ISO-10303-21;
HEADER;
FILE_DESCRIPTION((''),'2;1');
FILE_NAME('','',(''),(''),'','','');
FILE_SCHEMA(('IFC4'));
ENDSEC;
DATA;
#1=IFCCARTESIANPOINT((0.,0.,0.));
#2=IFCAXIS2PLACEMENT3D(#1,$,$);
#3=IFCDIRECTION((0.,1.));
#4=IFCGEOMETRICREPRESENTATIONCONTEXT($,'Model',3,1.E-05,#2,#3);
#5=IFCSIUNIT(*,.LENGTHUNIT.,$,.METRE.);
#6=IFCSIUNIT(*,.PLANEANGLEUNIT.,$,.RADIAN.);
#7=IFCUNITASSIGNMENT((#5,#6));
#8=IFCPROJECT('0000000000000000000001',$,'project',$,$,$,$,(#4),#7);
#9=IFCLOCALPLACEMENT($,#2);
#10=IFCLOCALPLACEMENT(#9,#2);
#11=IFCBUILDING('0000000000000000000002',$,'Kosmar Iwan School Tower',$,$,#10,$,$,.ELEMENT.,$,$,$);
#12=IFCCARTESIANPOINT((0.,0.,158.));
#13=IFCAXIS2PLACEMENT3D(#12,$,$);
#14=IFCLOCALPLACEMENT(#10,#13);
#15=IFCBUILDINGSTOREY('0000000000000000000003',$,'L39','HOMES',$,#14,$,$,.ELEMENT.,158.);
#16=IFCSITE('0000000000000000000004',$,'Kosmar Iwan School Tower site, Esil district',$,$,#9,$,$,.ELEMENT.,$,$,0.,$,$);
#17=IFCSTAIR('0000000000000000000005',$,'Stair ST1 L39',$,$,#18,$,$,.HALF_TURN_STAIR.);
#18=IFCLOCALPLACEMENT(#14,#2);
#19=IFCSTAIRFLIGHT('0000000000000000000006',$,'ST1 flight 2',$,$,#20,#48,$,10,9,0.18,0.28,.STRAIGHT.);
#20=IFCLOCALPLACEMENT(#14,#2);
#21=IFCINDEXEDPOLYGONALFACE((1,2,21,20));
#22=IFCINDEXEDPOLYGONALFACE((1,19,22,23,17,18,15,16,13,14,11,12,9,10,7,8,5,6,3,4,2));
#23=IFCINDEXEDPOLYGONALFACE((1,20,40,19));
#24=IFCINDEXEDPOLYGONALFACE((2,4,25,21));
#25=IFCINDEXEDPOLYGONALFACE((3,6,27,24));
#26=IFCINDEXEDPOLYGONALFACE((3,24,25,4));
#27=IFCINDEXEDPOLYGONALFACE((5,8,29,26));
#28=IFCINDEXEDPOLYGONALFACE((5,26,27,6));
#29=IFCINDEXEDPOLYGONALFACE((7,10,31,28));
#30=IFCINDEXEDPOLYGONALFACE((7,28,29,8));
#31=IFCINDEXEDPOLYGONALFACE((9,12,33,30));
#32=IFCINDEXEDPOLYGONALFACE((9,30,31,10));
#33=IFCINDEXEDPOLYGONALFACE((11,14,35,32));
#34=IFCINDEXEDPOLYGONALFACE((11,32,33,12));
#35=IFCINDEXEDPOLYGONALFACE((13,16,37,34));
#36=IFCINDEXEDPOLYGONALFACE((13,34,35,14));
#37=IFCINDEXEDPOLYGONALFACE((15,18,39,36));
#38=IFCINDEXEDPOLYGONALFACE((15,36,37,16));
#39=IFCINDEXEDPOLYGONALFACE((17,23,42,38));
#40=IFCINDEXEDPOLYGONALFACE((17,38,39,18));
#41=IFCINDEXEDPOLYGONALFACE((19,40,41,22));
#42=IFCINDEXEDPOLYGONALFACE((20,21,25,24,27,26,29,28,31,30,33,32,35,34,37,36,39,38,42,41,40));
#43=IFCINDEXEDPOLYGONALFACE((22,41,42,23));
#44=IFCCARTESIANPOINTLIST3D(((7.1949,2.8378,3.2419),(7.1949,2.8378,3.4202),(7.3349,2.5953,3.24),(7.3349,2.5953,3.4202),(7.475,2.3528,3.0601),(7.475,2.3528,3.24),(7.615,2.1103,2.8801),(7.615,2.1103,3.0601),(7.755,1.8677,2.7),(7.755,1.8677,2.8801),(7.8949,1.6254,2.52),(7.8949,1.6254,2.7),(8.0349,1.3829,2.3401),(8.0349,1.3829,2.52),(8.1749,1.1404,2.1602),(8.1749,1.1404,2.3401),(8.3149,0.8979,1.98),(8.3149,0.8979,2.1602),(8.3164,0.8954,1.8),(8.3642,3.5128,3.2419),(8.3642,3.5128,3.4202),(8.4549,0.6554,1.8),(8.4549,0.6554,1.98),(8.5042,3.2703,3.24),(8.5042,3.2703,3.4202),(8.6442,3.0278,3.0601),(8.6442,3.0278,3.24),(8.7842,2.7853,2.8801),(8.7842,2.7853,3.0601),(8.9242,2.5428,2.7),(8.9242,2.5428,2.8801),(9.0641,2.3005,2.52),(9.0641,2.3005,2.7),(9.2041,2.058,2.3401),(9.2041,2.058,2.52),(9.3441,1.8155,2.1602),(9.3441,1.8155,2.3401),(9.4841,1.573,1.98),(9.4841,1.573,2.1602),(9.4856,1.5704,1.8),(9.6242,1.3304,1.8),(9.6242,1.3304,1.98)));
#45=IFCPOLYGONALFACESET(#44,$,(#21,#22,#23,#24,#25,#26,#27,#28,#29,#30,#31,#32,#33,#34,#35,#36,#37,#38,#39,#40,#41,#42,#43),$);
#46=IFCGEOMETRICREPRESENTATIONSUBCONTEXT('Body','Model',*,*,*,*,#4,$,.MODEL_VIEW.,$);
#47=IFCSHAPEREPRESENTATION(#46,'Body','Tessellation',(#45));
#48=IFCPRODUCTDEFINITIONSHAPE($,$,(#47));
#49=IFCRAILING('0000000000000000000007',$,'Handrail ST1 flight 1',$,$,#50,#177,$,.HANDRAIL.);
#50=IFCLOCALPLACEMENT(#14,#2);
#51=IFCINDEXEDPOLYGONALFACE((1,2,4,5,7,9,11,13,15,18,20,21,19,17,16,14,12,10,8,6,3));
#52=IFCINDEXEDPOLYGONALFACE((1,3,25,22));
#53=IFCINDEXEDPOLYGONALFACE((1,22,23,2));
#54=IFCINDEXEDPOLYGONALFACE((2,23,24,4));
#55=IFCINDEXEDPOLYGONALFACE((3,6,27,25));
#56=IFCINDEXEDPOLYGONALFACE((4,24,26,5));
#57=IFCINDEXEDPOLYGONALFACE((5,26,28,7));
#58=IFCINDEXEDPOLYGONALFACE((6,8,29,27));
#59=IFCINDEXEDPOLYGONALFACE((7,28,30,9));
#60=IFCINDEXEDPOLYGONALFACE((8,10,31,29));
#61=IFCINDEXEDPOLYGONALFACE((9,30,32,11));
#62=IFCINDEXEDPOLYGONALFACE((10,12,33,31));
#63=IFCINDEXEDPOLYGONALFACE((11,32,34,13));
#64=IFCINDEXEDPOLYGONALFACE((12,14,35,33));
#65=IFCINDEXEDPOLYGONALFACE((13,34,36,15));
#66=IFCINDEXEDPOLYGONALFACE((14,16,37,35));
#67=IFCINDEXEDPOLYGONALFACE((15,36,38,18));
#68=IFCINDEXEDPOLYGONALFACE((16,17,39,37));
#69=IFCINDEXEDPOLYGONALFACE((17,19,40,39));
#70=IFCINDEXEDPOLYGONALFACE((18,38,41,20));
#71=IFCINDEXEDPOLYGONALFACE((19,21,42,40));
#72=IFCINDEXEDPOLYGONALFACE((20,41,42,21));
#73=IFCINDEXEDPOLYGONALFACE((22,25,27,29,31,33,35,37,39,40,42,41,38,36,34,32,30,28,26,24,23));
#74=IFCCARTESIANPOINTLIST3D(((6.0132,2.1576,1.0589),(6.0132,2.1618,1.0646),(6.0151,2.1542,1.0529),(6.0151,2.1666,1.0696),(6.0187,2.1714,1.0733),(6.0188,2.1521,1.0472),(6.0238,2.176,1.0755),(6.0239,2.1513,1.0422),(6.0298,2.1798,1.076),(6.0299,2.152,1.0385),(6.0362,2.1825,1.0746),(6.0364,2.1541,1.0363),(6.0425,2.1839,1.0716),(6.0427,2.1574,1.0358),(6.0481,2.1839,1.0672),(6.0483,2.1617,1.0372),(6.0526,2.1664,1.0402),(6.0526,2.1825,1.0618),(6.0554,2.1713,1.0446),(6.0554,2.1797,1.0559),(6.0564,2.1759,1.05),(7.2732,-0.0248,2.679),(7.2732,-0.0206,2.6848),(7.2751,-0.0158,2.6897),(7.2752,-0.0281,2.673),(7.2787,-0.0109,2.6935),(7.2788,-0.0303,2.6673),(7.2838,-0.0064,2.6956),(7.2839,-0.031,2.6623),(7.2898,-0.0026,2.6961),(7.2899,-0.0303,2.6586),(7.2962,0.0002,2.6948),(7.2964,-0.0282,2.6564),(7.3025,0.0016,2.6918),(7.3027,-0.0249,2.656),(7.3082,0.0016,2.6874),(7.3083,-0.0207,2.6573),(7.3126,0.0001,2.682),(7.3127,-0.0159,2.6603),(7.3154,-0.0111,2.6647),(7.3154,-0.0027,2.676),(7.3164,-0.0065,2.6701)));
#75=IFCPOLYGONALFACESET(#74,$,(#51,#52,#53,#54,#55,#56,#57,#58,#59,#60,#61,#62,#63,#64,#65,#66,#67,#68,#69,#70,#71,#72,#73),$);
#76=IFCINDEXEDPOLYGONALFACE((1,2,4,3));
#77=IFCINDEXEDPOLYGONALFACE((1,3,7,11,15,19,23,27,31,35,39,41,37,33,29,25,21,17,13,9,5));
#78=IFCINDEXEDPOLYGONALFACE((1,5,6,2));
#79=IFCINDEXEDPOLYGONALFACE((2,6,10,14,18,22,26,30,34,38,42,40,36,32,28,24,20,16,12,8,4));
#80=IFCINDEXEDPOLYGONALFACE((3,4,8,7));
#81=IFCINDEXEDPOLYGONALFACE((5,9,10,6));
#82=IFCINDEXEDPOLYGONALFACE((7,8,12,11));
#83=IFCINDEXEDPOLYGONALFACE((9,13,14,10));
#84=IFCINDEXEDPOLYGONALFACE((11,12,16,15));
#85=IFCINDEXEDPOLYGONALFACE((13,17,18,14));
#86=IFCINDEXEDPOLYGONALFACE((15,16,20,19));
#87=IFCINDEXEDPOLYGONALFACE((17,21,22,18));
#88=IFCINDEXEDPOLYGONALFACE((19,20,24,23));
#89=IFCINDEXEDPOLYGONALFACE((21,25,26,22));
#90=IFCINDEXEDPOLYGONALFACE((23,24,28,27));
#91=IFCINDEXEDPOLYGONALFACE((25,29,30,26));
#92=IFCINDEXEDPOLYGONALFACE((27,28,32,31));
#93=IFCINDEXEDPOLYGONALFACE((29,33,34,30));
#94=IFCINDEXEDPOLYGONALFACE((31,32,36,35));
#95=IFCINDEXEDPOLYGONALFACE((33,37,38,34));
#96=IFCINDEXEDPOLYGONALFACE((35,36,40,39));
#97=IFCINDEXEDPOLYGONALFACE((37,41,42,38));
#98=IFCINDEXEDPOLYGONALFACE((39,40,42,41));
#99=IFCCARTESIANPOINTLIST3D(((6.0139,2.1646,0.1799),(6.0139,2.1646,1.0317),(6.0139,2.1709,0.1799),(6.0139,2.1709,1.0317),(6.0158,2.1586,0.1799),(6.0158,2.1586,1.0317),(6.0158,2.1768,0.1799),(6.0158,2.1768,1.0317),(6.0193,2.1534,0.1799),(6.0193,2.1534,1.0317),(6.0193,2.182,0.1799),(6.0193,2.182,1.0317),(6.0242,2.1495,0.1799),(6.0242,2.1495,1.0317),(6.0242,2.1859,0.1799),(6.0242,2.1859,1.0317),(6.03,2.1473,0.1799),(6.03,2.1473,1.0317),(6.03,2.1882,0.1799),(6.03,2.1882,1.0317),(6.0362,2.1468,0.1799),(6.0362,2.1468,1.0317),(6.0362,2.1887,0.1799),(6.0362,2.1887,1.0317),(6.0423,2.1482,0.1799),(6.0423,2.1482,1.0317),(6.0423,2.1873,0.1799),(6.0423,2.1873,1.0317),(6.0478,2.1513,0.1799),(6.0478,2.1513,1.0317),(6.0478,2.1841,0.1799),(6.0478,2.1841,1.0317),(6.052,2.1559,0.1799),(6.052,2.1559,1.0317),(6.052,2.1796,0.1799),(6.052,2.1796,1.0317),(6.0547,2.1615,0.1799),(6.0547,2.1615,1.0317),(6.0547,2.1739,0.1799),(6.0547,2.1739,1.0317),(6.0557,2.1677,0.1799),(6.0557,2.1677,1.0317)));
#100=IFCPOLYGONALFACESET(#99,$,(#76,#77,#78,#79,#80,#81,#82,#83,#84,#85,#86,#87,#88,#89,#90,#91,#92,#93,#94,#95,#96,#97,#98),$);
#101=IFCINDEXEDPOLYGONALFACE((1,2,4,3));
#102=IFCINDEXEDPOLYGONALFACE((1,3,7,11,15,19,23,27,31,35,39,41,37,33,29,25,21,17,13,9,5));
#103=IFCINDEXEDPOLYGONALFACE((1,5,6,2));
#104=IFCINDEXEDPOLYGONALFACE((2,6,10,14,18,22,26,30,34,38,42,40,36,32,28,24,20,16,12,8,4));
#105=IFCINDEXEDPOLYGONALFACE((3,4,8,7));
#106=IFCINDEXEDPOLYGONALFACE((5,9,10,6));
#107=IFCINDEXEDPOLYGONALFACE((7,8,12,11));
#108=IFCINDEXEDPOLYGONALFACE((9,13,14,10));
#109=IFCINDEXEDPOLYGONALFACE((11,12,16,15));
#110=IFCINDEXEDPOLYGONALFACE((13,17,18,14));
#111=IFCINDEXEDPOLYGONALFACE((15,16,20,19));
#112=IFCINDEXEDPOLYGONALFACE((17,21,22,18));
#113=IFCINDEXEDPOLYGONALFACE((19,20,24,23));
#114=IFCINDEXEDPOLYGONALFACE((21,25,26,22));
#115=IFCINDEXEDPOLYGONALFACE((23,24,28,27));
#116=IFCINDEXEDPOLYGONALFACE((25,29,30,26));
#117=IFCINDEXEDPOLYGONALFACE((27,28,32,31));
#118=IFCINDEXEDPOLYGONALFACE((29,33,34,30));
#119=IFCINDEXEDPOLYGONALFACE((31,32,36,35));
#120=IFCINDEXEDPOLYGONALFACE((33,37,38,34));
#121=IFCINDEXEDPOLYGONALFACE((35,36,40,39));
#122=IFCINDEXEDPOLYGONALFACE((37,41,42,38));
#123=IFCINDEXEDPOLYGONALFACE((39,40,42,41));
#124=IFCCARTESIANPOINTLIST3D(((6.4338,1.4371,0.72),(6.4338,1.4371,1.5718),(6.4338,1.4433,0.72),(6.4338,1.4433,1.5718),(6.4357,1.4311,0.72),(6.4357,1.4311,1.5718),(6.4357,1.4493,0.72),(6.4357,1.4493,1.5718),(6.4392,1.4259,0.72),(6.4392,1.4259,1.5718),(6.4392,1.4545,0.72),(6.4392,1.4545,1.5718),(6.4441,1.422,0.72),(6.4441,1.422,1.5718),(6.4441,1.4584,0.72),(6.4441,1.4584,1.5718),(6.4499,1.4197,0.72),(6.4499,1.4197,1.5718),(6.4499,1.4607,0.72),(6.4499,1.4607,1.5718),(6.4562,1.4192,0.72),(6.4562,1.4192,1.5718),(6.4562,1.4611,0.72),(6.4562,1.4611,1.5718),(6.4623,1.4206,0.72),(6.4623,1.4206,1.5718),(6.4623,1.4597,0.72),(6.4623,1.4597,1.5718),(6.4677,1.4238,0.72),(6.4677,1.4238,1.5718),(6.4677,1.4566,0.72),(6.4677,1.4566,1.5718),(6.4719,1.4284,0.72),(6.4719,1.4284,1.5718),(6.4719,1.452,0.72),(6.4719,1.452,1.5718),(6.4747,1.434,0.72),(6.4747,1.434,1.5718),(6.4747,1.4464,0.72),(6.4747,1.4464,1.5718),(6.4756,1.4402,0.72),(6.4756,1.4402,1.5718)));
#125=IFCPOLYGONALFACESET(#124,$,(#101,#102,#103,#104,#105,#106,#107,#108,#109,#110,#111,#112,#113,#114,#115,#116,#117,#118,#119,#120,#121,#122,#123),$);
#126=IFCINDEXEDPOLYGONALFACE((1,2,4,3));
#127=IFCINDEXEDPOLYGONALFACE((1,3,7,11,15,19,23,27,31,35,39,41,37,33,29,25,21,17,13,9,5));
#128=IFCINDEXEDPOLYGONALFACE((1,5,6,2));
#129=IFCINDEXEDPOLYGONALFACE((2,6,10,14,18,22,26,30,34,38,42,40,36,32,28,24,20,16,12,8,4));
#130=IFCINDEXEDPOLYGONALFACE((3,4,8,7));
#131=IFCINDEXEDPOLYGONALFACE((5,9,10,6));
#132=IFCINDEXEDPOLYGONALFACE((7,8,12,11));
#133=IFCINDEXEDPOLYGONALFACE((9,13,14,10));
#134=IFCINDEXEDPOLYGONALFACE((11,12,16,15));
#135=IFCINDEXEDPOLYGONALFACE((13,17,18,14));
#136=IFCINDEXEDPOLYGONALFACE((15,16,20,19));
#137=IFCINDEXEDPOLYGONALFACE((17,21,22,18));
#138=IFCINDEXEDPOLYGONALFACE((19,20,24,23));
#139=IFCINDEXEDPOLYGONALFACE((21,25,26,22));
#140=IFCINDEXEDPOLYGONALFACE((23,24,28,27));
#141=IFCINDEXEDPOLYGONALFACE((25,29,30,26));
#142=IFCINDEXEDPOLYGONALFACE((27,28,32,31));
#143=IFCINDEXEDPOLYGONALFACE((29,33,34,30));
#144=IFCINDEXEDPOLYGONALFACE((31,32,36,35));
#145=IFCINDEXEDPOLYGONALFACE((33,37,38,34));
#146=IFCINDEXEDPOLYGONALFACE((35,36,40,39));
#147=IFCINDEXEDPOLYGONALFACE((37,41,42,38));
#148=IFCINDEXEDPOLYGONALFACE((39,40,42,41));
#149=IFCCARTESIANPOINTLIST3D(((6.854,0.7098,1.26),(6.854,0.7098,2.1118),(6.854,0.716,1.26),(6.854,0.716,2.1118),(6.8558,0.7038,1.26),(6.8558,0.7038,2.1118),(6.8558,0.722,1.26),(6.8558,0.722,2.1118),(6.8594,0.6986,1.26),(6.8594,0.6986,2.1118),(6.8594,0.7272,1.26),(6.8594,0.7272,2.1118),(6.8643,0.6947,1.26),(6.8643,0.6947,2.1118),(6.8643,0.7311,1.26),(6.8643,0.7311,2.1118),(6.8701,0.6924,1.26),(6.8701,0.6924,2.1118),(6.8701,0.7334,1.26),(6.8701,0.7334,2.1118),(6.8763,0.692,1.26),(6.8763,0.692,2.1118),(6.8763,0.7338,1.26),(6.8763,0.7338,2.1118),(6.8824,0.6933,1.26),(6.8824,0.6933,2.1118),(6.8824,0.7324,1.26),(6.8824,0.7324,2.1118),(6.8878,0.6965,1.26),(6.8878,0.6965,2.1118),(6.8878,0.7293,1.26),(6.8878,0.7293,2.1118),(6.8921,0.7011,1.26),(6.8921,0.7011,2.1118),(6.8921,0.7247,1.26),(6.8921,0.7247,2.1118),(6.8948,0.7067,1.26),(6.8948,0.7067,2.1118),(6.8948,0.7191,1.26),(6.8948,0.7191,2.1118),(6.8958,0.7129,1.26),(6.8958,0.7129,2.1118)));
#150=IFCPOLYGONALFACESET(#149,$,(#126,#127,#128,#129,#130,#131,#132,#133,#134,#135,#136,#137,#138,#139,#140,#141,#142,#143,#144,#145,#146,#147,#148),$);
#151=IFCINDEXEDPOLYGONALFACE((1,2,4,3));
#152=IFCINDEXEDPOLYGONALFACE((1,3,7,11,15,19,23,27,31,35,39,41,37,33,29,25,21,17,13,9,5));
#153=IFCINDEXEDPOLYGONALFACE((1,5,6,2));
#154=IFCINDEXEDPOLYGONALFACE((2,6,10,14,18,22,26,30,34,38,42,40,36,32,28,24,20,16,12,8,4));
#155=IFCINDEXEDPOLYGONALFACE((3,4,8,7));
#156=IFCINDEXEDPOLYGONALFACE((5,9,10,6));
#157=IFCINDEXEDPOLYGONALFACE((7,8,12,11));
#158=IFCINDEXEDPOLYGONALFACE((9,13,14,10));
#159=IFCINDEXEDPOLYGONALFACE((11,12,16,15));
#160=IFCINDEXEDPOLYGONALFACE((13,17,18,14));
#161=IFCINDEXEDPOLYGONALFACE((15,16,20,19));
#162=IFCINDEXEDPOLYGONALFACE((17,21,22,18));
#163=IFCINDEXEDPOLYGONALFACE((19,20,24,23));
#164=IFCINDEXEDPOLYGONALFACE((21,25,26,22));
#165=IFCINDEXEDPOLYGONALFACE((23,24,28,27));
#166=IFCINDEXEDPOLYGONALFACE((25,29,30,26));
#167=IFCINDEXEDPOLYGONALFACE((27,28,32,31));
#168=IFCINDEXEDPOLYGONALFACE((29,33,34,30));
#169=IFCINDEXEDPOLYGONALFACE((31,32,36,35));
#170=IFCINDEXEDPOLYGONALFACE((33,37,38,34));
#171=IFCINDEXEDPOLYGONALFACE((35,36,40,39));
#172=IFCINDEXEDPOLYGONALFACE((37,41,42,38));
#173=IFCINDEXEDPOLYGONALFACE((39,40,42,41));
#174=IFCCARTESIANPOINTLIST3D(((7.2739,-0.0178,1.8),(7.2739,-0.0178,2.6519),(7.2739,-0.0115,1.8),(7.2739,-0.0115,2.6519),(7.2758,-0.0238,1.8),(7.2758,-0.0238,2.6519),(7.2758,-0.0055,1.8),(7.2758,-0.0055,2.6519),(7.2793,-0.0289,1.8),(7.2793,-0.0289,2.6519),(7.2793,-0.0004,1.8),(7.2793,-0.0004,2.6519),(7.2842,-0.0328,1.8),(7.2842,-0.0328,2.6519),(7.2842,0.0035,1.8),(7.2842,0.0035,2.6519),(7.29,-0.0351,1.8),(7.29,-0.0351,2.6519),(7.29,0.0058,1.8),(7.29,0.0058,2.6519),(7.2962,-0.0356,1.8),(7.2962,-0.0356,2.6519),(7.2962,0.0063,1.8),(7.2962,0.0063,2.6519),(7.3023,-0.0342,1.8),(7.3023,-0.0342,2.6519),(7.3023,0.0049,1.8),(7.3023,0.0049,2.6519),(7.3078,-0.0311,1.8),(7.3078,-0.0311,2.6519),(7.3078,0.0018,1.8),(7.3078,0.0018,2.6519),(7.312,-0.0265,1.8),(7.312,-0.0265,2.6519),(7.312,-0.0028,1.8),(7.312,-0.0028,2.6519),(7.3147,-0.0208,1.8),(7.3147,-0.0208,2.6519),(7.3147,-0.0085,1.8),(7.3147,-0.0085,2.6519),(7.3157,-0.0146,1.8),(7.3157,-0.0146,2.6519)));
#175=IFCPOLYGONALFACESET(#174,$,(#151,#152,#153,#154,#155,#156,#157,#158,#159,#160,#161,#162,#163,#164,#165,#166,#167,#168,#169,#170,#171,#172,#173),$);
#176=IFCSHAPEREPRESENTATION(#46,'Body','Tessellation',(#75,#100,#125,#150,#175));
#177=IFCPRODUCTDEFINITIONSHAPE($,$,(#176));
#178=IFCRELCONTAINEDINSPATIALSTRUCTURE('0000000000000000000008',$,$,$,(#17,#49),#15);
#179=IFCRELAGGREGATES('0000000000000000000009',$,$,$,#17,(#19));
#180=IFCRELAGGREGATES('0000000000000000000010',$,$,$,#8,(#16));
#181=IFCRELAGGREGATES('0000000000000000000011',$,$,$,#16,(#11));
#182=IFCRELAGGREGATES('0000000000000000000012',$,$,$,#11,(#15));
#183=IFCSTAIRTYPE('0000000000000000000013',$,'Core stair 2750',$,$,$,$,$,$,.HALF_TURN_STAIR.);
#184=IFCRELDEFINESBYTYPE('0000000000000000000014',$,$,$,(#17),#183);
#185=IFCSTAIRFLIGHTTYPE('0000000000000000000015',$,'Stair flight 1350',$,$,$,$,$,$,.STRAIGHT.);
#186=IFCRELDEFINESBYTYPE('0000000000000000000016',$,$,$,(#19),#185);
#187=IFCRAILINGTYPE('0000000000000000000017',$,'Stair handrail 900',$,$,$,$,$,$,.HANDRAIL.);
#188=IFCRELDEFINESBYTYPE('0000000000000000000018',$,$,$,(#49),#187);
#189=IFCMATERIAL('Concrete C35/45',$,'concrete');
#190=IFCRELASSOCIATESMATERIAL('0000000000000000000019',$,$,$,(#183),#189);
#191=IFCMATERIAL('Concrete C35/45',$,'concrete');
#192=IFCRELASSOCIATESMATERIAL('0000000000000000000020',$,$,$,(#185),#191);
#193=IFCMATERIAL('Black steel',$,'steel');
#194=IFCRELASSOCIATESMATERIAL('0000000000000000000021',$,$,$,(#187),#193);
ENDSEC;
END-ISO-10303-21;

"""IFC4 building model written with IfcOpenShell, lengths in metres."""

from ifc_helpers import new_model, si_unit, direction, frame, origin, origin_2d, place, context, subcontext, project, spatial, polyline, circle, outline, extrude, material, type_object, element, aggregate, save


model = new_model("IFC4")

# Units and contexts
model_context = context("Model", 3, precision=1e-05, world=origin(), true_north=direction((0.0, 1.0)))
body_context = subcontext(model_context, "Body", "Model", "MODEL_VIEW")
ifc_project = project(units=[si_unit("LENGTHUNIT", "METRE"), si_unit("PLANEANGLEUNIT", "RADIAN")], contexts=[model_context])

# Site, building, storey
site_placement = place(None, origin())
site = spatial("IfcSite", under=ifc_project, at=site_placement, Name="Kosmar Iwan School Tower site, Esil district", CompositionType="ELEMENT", RefElevation=0.0)
building_placement = place(site_placement, origin())
building = spatial("IfcBuilding", under=site, at=building_placement, Name="Kosmar Iwan School Tower", CompositionType="ELEMENT")
storey_placement = place(building_placement, frame((0.0, 0.0, 158.0)))
storey = spatial("IfcBuildingStorey", under=building, at=storey_placement, Name="L39", Description="HOMES", CompositionType="ELEMENT", Elevation=158.0)

# Stair
ifc_material_1 = material(Name="Concrete C35/45", Category="concrete")
stair_type_1 = type_object("IfcStairType", Name="Core stair 2750", PredefinedType="HALF_TURN_STAIR", material=ifc_material_1)
stair_1_placement = place(storey_placement, origin())
stair_1 = element("IfcStair", 1, at=stair_1_placement, inside=storey, type_object=stair_type_1, Name="Stair ST1 L39", PredefinedType="HALF_TURN_STAIR")

# Stair flight
ifc_material_2 = material(Name="Concrete C35/45", Category="concrete")
stair_flight_type = type_object("IfcStairFlightType", Name="Stair flight 1350", PredefinedType="STRAIGHT", material=ifc_material_2)
stair_flight_1_placement = place(storey_placement, frame((9.0396, 0.9929, 1.8), z_axis=(0.0, 0.0, 1.0), x_axis=(-0.5, 0.866025, 0.0)))
stair_flight_1 = element("IfcStairFlight", 2, at=stair_flight_1_placement, type_object=stair_flight_type, Name="ST1 flight 2", NumberOfRisers=10, NumberOfTreads=9, PredefinedType="STRAIGHT", RiserHeight=0.18, TreadLength=0.28, context=body_context, shape_type="SweptSolid", body=[
    extrude(outline(polyline([(0.0, 0.0), (0.0, 0.1799), (0.28, 0.1799), (0.28, 0.3601), (0.5601, 0.3601), (0.5601, 0.54), (0.8401, 0.54), (0.8401, 0.72), (1.1201, 0.72), (1.1201, 0.8999), (1.3999, 0.8999), (1.3999, 1.0801), (1.6799, 1.0801), (1.6799, 1.26), (1.96, 1.26), (1.96, 1.4399), (2.24, 1.4399), (2.24, 1.6201), (2.52, 1.6201), (2.52, 1.8), (2.52, 1.4419), (0.2771, 0.0), (0.0, 0.0)])), frame((0.0, 0.675, 0.0), z_axis=(0.0, -1.0, 0.0), x_axis=(1.0, 0.0, 0.0)), (0.0, 0.0, 1.0), 1.3501),
])
aggregate(stair_1, [stair_flight_1])

# Railing
ifc_material_3 = material(Name="Black steel", Category="steel")
railing_type = type_object("IfcRailingType", Name="Stair handrail 900", PredefinedType="HANDRAIL", material=ifc_material_3)
railing_placement = place(storey_placement, frame((6.0347, 2.1677, 0.1799)))
element("IfcRailing", 3, at=railing_placement, inside=storey, type_object=railing_type, Name="Handrail ST1 flight 1", PredefinedType="HANDRAIL", context=body_context, shape_type="SweptSolid", body=[
    extrude(circle(Radius=0.0239, at=origin_2d()), frame((0.0, 0.0, 0.876), z_axis=(0.420584, -0.728464, 0.540786), x_axis=(0.866023, 0.500005, 0.0)), (0.0, 0.0, 1.0), 2.9958),
    extrude(circle(Radius=0.021, at=origin_2d()), origin(), (0.0, 0.0, 1.0), 0.8518),
    extrude(circle(Radius=0.021, at=origin_2d()), frame((0.4199, -0.7275, 0.54)), (0.0, 0.0, 1.0), 0.8518),
    extrude(circle(Radius=0.021, at=origin_2d()), frame((0.8401, -1.4548, 1.0801)), (0.0, 0.0, 1.0), 0.8518),
    extrude(circle(Radius=0.021, at=origin_2d()), frame((1.26, -2.1824, 1.6201)), (0.0, 0.0, 1.0), 0.8518),
])

save(model, "model.ifc")
